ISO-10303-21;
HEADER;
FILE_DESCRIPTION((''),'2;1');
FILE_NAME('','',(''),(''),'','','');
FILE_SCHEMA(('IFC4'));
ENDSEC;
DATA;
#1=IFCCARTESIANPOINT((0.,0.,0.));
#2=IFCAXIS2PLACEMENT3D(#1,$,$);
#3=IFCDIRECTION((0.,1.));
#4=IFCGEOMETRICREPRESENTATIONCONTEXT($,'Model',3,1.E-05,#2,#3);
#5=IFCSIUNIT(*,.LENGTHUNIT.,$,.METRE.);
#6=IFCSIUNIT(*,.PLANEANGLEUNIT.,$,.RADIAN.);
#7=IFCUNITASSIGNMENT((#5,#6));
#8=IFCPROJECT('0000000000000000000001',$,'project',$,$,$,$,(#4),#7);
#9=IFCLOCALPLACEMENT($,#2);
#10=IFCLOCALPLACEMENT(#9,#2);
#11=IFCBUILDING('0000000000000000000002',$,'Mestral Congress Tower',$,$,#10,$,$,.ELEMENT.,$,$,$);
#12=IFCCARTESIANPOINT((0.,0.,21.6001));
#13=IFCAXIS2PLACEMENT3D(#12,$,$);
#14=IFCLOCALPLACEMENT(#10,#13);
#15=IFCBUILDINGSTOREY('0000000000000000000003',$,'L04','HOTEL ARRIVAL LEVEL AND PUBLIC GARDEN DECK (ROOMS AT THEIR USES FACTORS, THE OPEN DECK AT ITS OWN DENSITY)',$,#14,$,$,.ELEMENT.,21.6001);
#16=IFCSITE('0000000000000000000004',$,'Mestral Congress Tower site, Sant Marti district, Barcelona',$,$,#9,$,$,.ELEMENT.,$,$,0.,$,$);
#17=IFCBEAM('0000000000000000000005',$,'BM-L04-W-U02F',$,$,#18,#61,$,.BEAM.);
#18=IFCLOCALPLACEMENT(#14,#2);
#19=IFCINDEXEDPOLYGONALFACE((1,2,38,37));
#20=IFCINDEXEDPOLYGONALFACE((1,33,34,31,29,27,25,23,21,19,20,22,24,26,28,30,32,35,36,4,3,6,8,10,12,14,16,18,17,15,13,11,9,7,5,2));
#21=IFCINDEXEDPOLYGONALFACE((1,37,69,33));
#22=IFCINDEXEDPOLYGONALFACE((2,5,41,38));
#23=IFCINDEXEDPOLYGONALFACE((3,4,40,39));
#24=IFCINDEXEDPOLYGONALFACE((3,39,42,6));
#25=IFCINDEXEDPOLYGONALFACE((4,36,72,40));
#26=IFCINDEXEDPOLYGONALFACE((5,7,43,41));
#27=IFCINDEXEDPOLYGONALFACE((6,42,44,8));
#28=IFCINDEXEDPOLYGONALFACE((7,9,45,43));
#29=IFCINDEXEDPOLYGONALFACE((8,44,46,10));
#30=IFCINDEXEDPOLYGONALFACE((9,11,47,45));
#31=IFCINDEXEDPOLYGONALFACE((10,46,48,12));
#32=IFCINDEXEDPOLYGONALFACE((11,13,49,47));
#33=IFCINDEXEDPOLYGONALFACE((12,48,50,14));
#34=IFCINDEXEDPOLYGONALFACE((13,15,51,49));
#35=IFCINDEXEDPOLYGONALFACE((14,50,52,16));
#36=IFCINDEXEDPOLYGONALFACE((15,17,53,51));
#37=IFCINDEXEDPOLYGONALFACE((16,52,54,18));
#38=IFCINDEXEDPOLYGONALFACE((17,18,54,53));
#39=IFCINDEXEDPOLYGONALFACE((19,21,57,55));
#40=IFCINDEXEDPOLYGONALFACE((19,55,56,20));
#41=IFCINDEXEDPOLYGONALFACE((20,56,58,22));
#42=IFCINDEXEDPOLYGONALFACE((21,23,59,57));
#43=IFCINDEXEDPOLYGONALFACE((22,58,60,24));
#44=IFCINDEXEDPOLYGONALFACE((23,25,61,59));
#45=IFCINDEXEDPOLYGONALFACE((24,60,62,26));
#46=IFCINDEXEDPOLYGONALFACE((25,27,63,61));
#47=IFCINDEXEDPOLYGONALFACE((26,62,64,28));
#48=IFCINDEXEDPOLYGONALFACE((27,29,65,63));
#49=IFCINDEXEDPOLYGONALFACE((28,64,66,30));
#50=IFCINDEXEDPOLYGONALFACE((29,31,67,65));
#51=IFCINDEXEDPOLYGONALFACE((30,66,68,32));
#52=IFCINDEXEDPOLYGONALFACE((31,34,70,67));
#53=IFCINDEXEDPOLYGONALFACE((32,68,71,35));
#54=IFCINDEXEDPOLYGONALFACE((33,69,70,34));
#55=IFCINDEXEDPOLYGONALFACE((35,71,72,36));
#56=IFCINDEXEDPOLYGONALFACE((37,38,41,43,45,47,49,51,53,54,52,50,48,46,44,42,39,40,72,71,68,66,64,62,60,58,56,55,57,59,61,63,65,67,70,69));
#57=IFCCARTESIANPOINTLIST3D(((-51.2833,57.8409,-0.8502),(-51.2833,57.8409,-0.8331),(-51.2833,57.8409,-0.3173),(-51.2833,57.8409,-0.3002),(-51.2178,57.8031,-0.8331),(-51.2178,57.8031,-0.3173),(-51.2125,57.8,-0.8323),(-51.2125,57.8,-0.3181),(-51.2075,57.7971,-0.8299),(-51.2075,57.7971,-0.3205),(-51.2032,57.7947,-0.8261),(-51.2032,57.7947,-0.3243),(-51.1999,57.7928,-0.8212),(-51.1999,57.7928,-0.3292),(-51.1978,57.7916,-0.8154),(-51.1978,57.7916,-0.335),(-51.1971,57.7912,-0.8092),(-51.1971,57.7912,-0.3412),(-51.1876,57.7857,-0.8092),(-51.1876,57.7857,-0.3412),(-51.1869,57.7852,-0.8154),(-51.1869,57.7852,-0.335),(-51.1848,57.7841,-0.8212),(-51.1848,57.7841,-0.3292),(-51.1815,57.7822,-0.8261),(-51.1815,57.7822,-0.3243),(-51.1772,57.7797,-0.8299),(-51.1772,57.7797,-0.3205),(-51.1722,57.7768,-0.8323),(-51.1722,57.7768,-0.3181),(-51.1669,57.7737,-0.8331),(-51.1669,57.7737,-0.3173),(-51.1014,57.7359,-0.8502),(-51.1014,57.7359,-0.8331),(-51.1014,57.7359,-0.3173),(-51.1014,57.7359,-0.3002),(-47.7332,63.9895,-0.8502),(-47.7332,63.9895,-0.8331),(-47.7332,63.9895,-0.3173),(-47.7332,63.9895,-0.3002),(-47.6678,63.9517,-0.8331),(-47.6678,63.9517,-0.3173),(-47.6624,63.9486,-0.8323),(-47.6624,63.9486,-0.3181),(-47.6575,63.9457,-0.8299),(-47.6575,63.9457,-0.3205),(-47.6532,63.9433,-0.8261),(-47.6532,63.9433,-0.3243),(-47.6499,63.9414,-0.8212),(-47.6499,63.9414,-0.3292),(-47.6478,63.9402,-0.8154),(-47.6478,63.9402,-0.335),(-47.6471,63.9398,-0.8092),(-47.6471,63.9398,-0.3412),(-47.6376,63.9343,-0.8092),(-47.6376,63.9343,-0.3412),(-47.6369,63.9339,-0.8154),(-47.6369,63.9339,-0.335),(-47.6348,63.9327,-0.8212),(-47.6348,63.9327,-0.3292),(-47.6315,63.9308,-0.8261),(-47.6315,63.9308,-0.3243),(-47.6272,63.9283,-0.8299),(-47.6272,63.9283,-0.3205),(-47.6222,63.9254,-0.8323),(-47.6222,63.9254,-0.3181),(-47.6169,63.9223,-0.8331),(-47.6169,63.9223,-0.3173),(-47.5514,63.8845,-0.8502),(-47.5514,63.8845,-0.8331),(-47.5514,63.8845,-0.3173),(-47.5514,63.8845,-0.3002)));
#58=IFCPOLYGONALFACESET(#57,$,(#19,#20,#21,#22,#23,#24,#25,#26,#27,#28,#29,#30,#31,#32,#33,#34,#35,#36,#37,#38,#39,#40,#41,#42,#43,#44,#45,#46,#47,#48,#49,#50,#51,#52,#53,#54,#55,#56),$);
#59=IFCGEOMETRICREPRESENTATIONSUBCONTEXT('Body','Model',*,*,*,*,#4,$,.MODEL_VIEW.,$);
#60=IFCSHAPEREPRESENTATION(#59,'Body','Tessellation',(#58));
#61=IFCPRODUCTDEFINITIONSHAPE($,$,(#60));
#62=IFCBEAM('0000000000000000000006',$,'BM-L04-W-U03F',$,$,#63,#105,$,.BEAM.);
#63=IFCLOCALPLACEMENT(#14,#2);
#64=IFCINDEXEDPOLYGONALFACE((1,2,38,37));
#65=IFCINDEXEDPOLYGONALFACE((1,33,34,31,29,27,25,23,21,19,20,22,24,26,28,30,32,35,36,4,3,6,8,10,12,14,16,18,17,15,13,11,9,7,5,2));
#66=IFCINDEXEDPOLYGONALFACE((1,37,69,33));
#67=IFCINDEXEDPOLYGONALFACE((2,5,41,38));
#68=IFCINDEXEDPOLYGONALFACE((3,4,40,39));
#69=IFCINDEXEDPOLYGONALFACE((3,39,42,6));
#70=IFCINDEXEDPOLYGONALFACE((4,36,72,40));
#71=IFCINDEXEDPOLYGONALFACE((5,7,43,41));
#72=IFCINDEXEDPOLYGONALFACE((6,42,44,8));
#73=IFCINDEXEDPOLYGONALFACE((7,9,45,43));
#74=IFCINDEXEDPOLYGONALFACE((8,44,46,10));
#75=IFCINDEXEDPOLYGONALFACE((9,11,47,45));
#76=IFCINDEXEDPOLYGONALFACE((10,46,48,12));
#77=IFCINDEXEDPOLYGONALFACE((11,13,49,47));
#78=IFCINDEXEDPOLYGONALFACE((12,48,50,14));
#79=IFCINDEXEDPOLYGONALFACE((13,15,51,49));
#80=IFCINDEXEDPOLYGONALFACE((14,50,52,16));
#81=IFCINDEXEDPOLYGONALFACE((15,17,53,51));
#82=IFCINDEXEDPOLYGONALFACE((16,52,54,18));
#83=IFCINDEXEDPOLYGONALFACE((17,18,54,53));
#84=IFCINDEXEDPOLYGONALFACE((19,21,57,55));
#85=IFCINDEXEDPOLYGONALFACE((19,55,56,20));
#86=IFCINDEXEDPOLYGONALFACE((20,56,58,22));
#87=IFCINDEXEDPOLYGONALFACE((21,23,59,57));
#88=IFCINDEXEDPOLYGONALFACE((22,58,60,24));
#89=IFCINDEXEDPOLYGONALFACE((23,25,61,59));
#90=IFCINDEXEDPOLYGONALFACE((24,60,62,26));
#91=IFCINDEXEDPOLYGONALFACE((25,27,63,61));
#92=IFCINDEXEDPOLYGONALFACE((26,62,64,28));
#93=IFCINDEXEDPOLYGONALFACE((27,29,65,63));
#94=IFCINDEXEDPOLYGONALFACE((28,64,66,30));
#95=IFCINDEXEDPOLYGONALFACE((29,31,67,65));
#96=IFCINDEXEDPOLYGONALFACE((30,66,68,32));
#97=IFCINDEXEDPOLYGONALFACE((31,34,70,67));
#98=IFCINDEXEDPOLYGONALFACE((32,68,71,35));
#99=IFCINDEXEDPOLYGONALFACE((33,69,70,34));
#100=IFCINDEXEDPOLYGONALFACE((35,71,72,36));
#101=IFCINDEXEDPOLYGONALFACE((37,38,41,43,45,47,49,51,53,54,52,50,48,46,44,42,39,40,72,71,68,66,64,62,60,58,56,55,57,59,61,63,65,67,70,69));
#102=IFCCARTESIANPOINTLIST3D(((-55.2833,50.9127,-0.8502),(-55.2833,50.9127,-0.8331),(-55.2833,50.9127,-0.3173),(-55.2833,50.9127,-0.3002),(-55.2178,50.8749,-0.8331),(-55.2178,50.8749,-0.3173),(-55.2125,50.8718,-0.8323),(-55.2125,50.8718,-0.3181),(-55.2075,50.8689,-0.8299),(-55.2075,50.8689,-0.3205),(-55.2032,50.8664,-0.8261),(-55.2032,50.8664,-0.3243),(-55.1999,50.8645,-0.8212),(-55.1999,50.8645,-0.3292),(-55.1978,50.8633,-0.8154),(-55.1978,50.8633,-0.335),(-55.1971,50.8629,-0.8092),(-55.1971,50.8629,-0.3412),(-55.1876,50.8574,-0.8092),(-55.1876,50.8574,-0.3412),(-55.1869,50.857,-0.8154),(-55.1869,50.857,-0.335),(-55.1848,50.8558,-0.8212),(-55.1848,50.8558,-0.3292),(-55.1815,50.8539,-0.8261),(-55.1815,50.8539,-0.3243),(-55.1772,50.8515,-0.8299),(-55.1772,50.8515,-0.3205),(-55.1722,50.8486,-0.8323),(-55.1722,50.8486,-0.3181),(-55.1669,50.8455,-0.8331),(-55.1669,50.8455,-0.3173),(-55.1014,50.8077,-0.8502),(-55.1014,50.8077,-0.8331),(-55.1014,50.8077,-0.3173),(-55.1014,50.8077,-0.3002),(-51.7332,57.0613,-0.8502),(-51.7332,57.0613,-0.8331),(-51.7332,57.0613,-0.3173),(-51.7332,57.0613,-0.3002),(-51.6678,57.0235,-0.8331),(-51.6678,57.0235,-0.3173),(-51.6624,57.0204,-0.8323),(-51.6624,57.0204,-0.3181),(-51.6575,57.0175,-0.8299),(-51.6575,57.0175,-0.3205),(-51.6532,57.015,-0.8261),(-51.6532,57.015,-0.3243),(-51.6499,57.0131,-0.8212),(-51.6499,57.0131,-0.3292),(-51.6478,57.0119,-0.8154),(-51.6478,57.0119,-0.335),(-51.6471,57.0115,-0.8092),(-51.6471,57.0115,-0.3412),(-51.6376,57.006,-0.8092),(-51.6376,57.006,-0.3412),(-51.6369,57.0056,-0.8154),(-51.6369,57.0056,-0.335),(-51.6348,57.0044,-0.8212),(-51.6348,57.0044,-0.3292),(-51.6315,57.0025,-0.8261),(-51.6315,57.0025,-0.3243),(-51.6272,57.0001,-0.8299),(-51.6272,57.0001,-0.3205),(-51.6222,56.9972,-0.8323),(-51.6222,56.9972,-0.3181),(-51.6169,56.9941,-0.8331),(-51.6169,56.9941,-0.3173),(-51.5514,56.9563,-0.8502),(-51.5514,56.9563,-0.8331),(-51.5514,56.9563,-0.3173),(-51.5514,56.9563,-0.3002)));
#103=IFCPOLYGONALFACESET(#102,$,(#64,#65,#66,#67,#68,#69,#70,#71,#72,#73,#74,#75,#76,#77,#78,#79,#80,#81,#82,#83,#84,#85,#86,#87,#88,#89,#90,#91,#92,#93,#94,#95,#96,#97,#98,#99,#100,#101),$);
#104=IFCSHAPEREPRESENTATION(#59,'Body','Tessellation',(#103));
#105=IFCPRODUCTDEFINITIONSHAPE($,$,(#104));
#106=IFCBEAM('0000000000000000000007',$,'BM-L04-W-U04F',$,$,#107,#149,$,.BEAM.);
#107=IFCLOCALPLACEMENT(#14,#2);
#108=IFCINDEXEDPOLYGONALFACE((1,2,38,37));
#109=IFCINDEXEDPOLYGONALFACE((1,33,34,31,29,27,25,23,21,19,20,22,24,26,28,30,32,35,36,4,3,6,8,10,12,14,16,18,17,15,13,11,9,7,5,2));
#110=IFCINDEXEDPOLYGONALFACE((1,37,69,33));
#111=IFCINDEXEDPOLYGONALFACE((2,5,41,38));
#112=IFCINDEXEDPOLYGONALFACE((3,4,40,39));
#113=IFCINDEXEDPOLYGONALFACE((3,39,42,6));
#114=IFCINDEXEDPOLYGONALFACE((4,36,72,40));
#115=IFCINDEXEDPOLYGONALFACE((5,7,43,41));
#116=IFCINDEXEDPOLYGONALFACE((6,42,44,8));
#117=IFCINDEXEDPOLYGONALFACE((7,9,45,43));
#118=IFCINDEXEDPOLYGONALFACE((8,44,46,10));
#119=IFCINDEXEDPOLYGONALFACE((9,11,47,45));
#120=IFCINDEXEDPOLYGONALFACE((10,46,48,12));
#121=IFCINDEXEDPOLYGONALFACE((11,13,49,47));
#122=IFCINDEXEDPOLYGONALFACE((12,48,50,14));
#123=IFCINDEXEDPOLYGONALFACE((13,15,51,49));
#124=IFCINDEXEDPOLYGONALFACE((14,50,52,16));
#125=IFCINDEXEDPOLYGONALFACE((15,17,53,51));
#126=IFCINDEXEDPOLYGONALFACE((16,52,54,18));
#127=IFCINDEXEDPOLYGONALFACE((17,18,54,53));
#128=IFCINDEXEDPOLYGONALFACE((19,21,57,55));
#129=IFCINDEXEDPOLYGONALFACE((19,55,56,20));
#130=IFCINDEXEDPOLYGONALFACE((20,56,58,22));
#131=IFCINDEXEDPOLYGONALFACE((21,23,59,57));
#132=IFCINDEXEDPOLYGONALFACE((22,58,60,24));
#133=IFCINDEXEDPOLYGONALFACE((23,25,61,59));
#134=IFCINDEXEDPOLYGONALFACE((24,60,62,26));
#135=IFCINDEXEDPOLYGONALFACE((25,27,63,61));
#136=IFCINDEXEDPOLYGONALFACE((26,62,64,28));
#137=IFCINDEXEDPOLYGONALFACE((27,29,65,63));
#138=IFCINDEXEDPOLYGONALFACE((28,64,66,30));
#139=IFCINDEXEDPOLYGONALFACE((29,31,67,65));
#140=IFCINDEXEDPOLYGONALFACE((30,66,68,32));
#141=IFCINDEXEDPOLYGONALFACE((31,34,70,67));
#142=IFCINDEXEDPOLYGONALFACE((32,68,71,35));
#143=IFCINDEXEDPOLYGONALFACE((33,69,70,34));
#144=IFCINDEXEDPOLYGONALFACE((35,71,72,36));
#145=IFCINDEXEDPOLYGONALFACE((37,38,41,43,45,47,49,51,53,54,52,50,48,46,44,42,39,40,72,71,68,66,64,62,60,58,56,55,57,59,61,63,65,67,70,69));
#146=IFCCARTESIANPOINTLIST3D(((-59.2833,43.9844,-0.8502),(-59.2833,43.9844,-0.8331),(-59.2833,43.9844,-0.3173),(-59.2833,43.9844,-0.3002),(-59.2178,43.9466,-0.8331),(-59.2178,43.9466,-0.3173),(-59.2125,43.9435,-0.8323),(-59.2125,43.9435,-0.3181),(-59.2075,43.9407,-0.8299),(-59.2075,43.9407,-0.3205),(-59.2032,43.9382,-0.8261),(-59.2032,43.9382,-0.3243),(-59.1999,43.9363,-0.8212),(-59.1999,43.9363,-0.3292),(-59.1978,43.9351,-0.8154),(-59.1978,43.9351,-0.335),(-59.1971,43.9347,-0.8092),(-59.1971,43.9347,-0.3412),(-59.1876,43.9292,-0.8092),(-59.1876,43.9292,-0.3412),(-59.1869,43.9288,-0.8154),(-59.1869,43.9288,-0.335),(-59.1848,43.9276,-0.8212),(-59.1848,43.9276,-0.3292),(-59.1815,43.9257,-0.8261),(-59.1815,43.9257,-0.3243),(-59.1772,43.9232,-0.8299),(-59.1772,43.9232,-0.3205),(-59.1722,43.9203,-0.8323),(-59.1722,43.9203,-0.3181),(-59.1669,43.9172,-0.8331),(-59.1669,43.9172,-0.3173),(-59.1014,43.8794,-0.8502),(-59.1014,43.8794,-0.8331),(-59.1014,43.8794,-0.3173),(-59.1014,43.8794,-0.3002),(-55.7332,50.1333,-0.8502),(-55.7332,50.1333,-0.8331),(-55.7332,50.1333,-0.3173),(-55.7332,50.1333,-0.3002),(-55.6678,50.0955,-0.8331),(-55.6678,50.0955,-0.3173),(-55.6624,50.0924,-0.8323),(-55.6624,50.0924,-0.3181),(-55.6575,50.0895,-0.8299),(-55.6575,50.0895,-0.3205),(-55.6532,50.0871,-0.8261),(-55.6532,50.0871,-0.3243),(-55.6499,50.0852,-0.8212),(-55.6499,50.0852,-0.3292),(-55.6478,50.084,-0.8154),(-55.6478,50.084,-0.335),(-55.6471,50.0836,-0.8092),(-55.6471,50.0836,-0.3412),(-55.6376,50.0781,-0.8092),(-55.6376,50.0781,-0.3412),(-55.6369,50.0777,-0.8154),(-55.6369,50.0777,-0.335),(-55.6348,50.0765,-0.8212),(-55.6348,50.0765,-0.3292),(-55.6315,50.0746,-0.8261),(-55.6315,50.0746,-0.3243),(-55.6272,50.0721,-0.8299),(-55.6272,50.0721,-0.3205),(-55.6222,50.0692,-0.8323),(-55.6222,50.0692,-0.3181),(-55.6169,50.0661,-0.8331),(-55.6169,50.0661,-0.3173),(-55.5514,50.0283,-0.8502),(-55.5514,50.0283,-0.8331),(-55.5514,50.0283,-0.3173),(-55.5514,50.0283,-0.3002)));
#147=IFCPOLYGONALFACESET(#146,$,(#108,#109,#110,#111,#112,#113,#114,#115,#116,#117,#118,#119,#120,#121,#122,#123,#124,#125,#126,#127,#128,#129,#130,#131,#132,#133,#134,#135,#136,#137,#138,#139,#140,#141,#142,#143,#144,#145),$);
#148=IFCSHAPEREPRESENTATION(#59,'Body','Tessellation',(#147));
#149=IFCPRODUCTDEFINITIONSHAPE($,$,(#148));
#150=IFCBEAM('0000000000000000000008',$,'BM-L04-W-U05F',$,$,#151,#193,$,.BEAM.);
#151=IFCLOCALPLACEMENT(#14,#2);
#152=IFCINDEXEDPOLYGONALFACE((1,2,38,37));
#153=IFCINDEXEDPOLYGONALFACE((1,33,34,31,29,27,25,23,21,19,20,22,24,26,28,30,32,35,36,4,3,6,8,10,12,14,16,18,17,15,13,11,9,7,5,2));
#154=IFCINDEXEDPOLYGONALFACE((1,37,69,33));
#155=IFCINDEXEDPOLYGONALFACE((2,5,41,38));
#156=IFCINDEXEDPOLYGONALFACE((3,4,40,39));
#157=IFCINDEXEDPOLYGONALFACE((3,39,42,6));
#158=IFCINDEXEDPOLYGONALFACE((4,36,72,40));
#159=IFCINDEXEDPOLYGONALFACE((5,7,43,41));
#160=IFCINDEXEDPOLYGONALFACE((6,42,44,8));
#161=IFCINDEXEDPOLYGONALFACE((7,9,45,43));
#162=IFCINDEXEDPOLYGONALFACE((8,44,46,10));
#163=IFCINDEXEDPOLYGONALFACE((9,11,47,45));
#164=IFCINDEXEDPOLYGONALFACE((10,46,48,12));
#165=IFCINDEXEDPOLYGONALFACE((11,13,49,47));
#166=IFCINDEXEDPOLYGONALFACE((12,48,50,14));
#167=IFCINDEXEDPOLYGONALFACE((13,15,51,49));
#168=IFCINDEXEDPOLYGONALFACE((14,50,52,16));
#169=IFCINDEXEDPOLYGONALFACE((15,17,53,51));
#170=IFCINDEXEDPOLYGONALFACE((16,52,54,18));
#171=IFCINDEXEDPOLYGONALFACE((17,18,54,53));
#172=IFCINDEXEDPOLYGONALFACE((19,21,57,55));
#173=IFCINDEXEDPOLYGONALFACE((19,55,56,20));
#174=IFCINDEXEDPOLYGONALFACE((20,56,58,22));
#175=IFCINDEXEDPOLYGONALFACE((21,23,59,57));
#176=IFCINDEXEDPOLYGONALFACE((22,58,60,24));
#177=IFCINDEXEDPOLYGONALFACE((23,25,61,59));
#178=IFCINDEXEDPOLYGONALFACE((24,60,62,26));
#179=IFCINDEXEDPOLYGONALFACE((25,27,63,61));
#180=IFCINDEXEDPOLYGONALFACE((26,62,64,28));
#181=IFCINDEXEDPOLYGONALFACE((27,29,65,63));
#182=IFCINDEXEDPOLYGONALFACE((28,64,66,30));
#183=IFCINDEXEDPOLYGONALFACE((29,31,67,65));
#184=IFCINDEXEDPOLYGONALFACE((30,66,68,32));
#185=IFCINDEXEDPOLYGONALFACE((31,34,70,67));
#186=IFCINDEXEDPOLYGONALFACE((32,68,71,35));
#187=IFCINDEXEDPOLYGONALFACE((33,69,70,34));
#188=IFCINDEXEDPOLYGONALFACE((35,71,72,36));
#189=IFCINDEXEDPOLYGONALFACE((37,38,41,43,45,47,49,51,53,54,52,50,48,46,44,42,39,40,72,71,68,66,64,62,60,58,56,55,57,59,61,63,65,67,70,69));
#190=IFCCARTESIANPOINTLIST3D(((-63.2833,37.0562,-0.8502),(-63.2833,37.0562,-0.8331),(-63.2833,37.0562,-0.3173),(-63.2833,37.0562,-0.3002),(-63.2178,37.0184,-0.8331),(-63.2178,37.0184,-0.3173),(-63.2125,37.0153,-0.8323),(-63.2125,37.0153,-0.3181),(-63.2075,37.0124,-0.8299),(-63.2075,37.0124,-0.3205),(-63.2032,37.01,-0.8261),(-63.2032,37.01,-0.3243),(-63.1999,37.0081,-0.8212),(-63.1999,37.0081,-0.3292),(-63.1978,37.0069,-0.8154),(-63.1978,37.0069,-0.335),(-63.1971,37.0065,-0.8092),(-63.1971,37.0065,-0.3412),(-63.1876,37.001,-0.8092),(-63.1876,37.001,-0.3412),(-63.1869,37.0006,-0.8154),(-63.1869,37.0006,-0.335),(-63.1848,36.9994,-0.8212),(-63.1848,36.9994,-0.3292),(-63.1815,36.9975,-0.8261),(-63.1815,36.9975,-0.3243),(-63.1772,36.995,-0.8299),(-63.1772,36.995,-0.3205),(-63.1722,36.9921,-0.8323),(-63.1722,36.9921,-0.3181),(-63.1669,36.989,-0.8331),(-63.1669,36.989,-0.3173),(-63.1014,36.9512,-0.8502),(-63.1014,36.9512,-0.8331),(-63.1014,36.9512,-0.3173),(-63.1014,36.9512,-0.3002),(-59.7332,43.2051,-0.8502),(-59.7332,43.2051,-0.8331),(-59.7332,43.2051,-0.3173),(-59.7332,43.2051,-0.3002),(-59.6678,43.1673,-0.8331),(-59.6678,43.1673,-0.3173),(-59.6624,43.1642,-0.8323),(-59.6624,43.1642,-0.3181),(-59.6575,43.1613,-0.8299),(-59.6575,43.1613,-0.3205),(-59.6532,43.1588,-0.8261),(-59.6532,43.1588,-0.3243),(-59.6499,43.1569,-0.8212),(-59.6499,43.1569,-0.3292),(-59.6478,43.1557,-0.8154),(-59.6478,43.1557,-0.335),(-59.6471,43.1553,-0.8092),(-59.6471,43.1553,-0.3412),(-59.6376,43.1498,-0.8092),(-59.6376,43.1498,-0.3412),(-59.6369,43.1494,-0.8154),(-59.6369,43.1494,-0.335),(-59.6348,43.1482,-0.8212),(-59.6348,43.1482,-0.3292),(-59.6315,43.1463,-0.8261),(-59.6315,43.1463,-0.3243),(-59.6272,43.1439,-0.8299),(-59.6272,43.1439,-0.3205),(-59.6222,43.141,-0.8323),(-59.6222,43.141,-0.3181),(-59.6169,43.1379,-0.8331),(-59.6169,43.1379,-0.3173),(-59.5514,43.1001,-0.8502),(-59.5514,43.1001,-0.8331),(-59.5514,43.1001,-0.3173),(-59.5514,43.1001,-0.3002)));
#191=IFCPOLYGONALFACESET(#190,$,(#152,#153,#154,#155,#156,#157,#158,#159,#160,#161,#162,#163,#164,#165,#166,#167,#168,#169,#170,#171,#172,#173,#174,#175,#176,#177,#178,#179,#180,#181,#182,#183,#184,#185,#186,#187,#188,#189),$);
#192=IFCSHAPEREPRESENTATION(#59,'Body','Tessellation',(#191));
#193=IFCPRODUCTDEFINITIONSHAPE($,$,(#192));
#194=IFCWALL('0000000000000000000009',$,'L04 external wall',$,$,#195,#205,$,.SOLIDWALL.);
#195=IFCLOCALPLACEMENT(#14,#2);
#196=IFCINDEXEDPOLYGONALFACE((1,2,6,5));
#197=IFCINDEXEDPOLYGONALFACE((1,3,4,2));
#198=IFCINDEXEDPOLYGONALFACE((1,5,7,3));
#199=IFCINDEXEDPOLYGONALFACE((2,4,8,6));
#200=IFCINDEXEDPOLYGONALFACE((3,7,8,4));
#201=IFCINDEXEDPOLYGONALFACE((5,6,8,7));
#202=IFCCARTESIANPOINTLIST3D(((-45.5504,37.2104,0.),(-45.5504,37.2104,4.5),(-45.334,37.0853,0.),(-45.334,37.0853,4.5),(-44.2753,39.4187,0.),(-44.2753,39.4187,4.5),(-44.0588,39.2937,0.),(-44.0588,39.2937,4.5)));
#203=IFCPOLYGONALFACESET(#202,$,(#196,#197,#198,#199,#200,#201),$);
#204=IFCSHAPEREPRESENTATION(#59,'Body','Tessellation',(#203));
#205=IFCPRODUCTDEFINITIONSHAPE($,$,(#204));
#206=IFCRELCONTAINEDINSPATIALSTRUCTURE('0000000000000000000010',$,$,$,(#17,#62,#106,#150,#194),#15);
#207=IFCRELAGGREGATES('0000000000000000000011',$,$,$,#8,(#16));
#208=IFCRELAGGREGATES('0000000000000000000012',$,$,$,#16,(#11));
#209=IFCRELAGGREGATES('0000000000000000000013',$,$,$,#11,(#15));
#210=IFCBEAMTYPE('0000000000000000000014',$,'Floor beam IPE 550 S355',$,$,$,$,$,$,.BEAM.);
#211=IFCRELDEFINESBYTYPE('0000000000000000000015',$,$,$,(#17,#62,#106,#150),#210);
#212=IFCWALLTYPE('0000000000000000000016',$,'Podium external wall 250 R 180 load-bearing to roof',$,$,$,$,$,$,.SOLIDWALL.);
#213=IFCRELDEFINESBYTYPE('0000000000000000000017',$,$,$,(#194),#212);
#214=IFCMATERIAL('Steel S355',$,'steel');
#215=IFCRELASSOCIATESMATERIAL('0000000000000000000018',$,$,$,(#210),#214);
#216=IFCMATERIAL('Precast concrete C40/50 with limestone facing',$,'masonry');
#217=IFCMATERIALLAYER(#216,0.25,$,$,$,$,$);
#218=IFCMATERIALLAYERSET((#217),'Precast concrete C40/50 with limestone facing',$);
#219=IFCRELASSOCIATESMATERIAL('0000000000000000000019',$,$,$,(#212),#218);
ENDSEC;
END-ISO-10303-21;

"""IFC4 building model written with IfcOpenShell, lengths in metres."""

from ifc_helpers import new_model, si_unit, direction, frame, frame_2d, origin, origin_2d, place, context, subcontext, project, spatial, rectangle, i_section, extrude, material, layer, layer_set, material_profile, profile_set, type_object, element, save


model = new_model("IFC4")

# Units and contexts
model_context = context("Model", 3, precision=1e-05, world=origin(), true_north=direction((0.0, 1.0)))
body_context = subcontext(model_context, "Body", "Model", "MODEL_VIEW")
ifc_project = project(units=[si_unit("LENGTHUNIT", "METRE"), si_unit("PLANEANGLEUNIT", "RADIAN")], contexts=[model_context])

# Site, building, storey
site_placement = place(None, origin())
site = spatial("IfcSite", under=ifc_project, at=site_placement, Name="Mestral Congress Tower site, Sant Marti district, Barcelona", CompositionType="ELEMENT", RefElevation=0.0)
building_placement = place(site_placement, origin())
building = spatial("IfcBuilding", under=site, at=building_placement, Name="Mestral Congress Tower", CompositionType="ELEMENT")
storey_placement = place(building_placement, frame((0.0, 0.0, 21.6001)))
storey = spatial("IfcBuildingStorey", under=building, at=storey_placement, Name="L04", Description="HOTEL ARRIVAL LEVEL AND PUBLIC GARDEN DECK (ROOMS AT THEIR USES FACTORS, THE OPEN DECK AT ITS OWN DENSITY)", CompositionType="ELEMENT", Elevation=21.6001)

# Beams
ifc_material_1 = material(Name="Steel S355", Category="steel")
ifc_material_profile = material_profile(ifc_material_1, i_section(OverallWidth=0.21, OverallDepth=0.55, WebThickness=0.011, FlangeThickness=0.0171, FilletRadius=0.0239, at=origin_2d()), Name="IPE 550")
ifc_profile_set = profile_set([ifc_material_profile], Name="Steel S355")
beam_type = type_object("IfcBeamType", Name="Floor beam IPE 550 S355", PredefinedType="BEAM", material=ifc_profile_set)
for number, where, z_axis, x_axis, name in (
    (1, (-47.6423, 63.937, -0.5752), (-0.500011, -0.866019, 0.0), (0.866019, -0.500011, 0.0), "BM-L04-W-U02F"),
    (2, (-51.6423, 57.0088, -0.5752), (-0.500011, -0.866019, 0.0), (0.866019, -0.500011, 0.0), "BM-L04-W-U03F"),
):
    element("IfcBeam", number, at=place(storey_placement, frame(where, z_axis=z_axis, x_axis=x_axis)), inside=storey, type_object=beam_type, Name=name, PredefinedType="BEAM", context=body_context, shape_type="SweptSolid", body=[
        extrude(i_section(OverallWidth=0.21, OverallDepth=0.55, WebThickness=0.011, FlangeThickness=0.0171, FilletRadius=0.0239, at=origin_2d()), origin(), (0.0, 0.0, 1.0), 7.0999),
    ])
for number, where, z_axis, x_axis, name in (
    (3, (-55.6423, 50.0808, -0.5752), (-0.499996, -0.866028, 0.0), (0.866028, -0.499996, 0.0), "BM-L04-W-U04F"),
    (4, (-59.6423, 43.1526, -0.5752), (-0.499996, -0.866028, 0.0), (0.866028, -0.499996, 0.0), "BM-L04-W-U05F"),
):
    element("IfcBeam", number, at=place(storey_placement, frame(where, z_axis=z_axis, x_axis=x_axis)), inside=storey, type_object=beam_type, Name=name, PredefinedType="BEAM", context=body_context, shape_type="SweptSolid", body=[
        extrude(i_section(OverallWidth=0.21, OverallDepth=0.55, WebThickness=0.011, FlangeThickness=0.0171, FilletRadius=0.0239, at=origin_2d()), origin(), (0.0, 0.0, 1.0), 7.1001),
    ])

# Wall
ifc_material_2 = material(Name="Precast concrete C40/50 with limestone facing", Category="masonry")
ifc_layer_1 = layer(ifc_material_2, 0.25)
ifc_layer_set_1 = layer_set([ifc_layer_1], Name="Precast concrete C40/50 with limestone facing")
wall_type_1 = type_object("IfcWallType", Name="Podium external wall 250 R 180 load-bearing to roof", PredefinedType="SOLIDWALL", material=ifc_layer_set_1)
wall_1_placement = place(storey_placement, frame((-45.4421, 37.1479, 0.0), z_axis=(0.0, 0.0, 1.0), x_axis=(0.500062, 0.865989, 0.0)))
element("IfcWall", 5, at=wall_1_placement, inside=storey, type_object=wall_type_1, Name="L04 external wall", PredefinedType="SOLIDWALL", context=body_context, shape_type="SweptSolid", body=[
    extrude(rectangle(XDim=2.55, YDim=0.25, at=frame_2d((1.2749, 0.0))), origin(), (0.0, 0.0, 1.0), 4.5),
])

save(model, "model.ifc")
